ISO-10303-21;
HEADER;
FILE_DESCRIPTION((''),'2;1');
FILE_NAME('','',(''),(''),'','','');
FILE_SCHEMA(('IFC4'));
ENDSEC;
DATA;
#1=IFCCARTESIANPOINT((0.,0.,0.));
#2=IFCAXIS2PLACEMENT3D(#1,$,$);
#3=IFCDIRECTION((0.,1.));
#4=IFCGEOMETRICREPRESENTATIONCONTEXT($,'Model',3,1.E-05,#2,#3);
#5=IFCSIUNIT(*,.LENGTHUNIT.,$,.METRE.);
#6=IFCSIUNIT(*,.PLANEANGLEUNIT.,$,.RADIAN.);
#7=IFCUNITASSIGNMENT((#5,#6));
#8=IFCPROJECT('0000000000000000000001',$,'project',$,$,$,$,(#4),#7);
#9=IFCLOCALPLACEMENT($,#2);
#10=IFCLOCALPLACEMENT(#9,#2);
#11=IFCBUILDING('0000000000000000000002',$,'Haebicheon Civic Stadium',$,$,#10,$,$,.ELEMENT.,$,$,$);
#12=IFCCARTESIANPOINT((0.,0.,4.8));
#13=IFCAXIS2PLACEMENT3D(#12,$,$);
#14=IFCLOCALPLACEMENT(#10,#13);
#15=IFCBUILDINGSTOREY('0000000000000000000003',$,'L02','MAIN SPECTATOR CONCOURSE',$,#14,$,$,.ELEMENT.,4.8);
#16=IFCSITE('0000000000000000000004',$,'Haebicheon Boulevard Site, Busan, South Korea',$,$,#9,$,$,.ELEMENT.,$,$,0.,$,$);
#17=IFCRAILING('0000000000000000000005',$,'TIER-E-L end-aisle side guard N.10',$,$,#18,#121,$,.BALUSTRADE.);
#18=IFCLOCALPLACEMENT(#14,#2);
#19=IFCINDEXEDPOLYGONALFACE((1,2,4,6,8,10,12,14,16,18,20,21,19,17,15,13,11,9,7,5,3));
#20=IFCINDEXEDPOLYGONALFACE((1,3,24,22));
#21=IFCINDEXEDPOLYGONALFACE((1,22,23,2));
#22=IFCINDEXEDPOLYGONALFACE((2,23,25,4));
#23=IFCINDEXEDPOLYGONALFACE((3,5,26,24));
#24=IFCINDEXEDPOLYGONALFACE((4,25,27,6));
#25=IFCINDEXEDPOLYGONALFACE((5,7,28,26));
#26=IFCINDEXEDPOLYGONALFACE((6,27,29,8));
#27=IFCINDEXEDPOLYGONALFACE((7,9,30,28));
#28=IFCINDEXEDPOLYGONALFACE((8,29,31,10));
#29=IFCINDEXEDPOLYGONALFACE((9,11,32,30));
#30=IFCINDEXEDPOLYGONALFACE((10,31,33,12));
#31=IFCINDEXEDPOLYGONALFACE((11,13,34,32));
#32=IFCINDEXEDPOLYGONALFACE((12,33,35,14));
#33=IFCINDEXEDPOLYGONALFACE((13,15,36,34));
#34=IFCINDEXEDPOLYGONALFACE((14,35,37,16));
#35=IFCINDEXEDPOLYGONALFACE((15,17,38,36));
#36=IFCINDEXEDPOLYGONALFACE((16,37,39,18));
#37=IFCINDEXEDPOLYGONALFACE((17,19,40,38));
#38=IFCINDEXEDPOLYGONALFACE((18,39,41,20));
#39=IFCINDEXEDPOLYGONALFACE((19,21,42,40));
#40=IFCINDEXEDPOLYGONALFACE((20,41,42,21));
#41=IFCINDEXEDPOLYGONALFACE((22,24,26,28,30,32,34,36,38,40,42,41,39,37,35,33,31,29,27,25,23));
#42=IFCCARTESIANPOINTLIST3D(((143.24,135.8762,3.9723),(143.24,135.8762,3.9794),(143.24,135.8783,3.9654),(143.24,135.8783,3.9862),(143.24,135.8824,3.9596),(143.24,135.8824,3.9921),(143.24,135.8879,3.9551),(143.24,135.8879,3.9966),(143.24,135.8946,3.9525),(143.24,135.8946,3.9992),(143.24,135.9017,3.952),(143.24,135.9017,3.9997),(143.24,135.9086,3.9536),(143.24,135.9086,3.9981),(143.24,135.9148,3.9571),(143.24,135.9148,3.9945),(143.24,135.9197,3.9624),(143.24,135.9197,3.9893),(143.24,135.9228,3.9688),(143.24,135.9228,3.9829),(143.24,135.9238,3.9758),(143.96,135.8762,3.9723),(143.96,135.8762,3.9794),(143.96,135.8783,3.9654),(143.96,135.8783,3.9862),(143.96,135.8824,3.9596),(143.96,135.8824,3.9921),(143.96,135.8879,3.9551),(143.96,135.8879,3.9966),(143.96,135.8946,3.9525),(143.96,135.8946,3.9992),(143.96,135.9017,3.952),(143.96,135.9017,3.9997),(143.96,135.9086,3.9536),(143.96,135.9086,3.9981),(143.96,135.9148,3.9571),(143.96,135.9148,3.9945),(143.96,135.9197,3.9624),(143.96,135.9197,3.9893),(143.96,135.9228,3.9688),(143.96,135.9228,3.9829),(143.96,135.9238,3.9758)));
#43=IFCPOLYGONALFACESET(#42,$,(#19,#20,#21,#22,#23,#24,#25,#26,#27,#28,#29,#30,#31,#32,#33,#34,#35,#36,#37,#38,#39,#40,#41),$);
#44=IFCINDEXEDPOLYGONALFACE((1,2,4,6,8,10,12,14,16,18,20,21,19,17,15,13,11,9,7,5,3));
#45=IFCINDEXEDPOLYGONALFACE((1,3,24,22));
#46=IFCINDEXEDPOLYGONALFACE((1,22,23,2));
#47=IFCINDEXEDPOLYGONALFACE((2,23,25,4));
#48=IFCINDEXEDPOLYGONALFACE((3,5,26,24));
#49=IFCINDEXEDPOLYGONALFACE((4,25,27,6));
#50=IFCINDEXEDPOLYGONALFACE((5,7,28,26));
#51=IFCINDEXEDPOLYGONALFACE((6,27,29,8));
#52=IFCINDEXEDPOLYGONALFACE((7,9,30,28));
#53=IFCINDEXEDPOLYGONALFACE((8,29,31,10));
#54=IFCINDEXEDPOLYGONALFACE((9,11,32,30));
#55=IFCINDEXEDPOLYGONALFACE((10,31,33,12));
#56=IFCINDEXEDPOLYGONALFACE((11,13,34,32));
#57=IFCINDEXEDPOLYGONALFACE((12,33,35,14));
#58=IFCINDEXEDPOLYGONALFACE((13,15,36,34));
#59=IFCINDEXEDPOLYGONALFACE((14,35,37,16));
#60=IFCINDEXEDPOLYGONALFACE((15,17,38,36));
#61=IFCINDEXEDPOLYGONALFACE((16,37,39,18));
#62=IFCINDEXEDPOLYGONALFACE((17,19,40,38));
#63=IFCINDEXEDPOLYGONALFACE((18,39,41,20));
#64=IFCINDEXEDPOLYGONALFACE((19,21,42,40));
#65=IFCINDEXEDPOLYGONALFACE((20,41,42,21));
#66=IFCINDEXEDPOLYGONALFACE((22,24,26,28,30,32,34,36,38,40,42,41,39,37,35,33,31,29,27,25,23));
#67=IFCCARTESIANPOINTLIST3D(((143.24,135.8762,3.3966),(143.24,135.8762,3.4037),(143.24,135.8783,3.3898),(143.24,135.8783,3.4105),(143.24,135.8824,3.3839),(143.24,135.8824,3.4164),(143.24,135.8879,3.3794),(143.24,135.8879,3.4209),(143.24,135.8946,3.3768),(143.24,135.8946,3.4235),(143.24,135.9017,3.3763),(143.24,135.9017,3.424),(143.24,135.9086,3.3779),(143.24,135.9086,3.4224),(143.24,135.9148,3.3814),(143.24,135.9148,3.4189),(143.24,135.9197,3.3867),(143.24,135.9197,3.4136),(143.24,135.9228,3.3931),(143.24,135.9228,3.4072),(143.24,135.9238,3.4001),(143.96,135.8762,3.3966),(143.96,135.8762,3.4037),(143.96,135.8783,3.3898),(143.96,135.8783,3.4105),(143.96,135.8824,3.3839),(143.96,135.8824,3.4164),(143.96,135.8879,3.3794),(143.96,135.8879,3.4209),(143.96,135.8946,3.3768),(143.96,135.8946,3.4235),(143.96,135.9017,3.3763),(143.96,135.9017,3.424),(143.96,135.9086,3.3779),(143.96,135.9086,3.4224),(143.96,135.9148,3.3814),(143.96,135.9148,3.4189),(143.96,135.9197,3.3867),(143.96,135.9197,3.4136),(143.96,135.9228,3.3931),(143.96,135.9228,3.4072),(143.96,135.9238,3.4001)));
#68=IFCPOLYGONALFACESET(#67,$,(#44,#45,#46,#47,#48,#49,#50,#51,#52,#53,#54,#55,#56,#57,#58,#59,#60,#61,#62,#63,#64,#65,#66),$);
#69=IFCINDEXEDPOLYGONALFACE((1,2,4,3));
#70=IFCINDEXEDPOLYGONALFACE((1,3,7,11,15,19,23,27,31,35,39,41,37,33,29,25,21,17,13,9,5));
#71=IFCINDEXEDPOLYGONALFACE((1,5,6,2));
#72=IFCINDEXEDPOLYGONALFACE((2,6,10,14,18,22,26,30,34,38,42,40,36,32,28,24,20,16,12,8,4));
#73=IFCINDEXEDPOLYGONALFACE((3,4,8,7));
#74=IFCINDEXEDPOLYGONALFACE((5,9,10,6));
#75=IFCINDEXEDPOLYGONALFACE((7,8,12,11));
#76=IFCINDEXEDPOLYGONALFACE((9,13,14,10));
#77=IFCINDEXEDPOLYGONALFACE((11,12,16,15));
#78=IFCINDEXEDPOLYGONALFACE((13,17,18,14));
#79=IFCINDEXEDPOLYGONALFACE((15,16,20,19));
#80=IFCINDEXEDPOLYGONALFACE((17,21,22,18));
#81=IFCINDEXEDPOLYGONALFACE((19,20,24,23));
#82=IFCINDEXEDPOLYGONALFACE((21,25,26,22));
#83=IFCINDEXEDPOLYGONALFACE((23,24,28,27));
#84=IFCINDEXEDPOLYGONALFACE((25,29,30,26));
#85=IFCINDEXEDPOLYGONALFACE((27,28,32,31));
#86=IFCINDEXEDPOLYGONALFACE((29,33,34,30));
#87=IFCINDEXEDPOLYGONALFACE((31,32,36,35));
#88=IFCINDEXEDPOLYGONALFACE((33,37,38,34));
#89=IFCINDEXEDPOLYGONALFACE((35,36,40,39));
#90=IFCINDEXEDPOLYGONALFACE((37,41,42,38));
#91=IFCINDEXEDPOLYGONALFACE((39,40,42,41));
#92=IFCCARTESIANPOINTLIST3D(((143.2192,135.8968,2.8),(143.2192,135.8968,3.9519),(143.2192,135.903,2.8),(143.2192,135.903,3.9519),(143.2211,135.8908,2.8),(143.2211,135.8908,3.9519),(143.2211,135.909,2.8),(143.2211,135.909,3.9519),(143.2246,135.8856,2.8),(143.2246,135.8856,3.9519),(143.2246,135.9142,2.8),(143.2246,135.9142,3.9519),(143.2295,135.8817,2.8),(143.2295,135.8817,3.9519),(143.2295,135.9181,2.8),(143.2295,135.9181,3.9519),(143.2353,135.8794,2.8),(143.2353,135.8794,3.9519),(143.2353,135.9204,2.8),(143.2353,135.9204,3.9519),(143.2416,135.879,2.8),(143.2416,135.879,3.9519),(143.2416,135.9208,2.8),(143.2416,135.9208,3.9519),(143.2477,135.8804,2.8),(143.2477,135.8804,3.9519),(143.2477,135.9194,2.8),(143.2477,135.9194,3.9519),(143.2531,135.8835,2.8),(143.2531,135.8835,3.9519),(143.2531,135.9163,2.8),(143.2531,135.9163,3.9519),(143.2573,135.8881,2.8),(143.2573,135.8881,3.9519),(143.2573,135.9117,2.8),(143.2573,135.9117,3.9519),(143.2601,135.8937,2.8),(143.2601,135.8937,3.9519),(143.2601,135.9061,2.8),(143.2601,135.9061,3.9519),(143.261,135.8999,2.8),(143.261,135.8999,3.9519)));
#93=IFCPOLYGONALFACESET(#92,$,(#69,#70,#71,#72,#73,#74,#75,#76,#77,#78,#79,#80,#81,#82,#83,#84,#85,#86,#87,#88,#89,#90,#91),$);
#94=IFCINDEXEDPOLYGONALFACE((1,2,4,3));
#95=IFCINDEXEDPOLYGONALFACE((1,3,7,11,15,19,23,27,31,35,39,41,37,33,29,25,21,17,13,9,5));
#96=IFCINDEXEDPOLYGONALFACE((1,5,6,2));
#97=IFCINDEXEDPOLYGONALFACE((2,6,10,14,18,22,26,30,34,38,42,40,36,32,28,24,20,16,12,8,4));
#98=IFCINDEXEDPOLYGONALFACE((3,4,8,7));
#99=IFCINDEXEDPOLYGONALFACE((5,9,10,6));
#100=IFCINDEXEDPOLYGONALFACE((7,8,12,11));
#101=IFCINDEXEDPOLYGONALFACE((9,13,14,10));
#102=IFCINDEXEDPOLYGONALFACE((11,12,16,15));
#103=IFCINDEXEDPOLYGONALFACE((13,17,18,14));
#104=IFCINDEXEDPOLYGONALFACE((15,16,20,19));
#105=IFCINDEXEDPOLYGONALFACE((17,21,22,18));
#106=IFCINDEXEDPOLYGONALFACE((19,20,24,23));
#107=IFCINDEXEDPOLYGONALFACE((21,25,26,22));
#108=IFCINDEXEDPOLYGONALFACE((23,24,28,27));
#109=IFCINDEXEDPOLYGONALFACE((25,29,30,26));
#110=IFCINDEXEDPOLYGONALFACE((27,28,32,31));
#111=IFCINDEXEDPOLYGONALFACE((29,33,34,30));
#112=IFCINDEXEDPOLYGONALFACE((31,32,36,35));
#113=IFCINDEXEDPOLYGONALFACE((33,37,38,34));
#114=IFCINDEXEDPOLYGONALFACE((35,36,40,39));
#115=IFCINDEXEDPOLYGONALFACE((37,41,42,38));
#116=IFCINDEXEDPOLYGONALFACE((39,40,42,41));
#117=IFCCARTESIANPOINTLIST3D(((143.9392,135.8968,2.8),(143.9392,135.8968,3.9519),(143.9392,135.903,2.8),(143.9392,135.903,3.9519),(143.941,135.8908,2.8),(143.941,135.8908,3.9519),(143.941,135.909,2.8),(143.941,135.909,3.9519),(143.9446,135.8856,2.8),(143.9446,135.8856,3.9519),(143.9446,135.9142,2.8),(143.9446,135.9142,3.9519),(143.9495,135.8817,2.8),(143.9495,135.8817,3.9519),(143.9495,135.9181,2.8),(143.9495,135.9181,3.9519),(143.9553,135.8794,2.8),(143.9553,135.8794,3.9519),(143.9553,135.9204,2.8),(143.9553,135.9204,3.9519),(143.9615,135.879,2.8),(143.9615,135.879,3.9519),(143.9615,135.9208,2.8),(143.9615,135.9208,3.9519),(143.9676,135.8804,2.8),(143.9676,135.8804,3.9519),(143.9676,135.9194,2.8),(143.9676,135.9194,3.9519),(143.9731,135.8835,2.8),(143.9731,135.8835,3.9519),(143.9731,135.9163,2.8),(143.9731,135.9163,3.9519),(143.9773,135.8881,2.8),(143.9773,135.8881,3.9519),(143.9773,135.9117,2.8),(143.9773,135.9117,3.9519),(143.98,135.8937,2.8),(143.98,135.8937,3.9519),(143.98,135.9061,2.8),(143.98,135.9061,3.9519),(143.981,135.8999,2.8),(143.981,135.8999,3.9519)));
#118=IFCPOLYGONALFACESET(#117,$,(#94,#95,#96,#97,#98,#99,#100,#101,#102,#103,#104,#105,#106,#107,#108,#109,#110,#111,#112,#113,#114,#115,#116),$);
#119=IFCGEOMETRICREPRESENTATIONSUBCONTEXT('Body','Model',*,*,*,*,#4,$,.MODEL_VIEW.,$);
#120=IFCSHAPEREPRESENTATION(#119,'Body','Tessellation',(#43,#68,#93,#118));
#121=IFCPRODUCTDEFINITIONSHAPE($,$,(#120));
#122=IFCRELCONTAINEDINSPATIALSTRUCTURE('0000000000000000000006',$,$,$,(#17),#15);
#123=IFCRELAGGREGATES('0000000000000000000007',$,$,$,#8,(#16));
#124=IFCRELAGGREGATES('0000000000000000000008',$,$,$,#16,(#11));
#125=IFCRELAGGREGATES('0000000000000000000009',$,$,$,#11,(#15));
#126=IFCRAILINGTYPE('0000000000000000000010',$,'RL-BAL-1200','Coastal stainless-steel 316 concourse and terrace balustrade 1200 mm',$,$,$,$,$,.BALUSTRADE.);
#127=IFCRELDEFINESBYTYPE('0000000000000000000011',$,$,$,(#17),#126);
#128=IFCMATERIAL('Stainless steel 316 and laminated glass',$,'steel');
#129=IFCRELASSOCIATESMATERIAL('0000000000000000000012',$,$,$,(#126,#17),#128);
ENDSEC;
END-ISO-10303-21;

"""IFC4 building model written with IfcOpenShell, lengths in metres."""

from ifc_helpers import new_model, si_unit, direction, frame, origin, origin_2d, place, context, subcontext, project, spatial, circle, extrude, material, type_object, element, save


model = new_model("IFC4")

# Units and contexts
model_context = context("Model", 3, precision=1e-05, world=origin(), true_north=direction((0.0, 1.0)))
body_context = subcontext(model_context, "Body", "Model", "MODEL_VIEW")
ifc_project = project(units=[si_unit("LENGTHUNIT", "METRE"), si_unit("PLANEANGLEUNIT", "RADIAN")], contexts=[model_context])

# Site, building, storey
site_placement = place(None, origin())
site = spatial("IfcSite", under=ifc_project, at=site_placement, Name="Haebicheon Boulevard Site, Busan, South Korea", CompositionType="ELEMENT", RefElevation=0.0)
building_placement = place(site_placement, origin())
building = spatial("IfcBuilding", under=site, at=building_placement, Name="Haebicheon Civic Stadium", CompositionType="ELEMENT")
storey_placement = place(building_placement, frame((0.0, 0.0, 4.8)))
storey = spatial("IfcBuildingStorey", under=building, at=storey_placement, Name="L02", Description="MAIN SPECTATOR CONCOURSE", CompositionType="ELEMENT", Elevation=4.8)

# Railing
ifc_material_1 = material(Name="Stainless steel 316 and laminated glass", Category="steel")
railing_type = type_object("IfcRailingType", Name="RL-BAL-1200", Description="Coastal stainless-steel 316 concourse and terrace balustrade 1200 mm", PredefinedType="BALUSTRADE", material=ifc_material_1)
for number, where, name in (
    (1, (143.24, 135.8999, 2.8), "TIER-E-L end-aisle side guard N.10"),
):
    element("IfcRailing", number, at=place(storey_placement, frame(where)), inside=storey, type_object=railing_type, material=ifc_material_1, Name=name, PredefinedType="BALUSTRADE", context=body_context, shape_type="SweptSolid", body=[
        extrude(circle(Radius=0.0239, at=origin_2d()), frame((0.0, 0.0, 1.1758), z_axis=(1.0, 0.0, 0.0), x_axis=(0.0, 1.0, 0.0)), (0.0, 0.0, 1.0), 0.72),
        extrude(circle(Radius=0.0239, at=origin_2d()), frame((0.0, 0.0, 0.6001), z_axis=(1.0, 0.0, 0.0), x_axis=(0.0, 1.0, 0.0)), (0.0, 0.0, 1.0), 0.72),
        extrude(circle(Radius=0.021, at=origin_2d()), origin(), (0.0, 0.0, 1.0), 1.1519),
        extrude(circle(Radius=0.021, at=origin_2d()), frame((0.72, 0.0, 0.0)), (0.0, 0.0, 1.0), 1.1519),
    ])

save(model, "model.ifc")
